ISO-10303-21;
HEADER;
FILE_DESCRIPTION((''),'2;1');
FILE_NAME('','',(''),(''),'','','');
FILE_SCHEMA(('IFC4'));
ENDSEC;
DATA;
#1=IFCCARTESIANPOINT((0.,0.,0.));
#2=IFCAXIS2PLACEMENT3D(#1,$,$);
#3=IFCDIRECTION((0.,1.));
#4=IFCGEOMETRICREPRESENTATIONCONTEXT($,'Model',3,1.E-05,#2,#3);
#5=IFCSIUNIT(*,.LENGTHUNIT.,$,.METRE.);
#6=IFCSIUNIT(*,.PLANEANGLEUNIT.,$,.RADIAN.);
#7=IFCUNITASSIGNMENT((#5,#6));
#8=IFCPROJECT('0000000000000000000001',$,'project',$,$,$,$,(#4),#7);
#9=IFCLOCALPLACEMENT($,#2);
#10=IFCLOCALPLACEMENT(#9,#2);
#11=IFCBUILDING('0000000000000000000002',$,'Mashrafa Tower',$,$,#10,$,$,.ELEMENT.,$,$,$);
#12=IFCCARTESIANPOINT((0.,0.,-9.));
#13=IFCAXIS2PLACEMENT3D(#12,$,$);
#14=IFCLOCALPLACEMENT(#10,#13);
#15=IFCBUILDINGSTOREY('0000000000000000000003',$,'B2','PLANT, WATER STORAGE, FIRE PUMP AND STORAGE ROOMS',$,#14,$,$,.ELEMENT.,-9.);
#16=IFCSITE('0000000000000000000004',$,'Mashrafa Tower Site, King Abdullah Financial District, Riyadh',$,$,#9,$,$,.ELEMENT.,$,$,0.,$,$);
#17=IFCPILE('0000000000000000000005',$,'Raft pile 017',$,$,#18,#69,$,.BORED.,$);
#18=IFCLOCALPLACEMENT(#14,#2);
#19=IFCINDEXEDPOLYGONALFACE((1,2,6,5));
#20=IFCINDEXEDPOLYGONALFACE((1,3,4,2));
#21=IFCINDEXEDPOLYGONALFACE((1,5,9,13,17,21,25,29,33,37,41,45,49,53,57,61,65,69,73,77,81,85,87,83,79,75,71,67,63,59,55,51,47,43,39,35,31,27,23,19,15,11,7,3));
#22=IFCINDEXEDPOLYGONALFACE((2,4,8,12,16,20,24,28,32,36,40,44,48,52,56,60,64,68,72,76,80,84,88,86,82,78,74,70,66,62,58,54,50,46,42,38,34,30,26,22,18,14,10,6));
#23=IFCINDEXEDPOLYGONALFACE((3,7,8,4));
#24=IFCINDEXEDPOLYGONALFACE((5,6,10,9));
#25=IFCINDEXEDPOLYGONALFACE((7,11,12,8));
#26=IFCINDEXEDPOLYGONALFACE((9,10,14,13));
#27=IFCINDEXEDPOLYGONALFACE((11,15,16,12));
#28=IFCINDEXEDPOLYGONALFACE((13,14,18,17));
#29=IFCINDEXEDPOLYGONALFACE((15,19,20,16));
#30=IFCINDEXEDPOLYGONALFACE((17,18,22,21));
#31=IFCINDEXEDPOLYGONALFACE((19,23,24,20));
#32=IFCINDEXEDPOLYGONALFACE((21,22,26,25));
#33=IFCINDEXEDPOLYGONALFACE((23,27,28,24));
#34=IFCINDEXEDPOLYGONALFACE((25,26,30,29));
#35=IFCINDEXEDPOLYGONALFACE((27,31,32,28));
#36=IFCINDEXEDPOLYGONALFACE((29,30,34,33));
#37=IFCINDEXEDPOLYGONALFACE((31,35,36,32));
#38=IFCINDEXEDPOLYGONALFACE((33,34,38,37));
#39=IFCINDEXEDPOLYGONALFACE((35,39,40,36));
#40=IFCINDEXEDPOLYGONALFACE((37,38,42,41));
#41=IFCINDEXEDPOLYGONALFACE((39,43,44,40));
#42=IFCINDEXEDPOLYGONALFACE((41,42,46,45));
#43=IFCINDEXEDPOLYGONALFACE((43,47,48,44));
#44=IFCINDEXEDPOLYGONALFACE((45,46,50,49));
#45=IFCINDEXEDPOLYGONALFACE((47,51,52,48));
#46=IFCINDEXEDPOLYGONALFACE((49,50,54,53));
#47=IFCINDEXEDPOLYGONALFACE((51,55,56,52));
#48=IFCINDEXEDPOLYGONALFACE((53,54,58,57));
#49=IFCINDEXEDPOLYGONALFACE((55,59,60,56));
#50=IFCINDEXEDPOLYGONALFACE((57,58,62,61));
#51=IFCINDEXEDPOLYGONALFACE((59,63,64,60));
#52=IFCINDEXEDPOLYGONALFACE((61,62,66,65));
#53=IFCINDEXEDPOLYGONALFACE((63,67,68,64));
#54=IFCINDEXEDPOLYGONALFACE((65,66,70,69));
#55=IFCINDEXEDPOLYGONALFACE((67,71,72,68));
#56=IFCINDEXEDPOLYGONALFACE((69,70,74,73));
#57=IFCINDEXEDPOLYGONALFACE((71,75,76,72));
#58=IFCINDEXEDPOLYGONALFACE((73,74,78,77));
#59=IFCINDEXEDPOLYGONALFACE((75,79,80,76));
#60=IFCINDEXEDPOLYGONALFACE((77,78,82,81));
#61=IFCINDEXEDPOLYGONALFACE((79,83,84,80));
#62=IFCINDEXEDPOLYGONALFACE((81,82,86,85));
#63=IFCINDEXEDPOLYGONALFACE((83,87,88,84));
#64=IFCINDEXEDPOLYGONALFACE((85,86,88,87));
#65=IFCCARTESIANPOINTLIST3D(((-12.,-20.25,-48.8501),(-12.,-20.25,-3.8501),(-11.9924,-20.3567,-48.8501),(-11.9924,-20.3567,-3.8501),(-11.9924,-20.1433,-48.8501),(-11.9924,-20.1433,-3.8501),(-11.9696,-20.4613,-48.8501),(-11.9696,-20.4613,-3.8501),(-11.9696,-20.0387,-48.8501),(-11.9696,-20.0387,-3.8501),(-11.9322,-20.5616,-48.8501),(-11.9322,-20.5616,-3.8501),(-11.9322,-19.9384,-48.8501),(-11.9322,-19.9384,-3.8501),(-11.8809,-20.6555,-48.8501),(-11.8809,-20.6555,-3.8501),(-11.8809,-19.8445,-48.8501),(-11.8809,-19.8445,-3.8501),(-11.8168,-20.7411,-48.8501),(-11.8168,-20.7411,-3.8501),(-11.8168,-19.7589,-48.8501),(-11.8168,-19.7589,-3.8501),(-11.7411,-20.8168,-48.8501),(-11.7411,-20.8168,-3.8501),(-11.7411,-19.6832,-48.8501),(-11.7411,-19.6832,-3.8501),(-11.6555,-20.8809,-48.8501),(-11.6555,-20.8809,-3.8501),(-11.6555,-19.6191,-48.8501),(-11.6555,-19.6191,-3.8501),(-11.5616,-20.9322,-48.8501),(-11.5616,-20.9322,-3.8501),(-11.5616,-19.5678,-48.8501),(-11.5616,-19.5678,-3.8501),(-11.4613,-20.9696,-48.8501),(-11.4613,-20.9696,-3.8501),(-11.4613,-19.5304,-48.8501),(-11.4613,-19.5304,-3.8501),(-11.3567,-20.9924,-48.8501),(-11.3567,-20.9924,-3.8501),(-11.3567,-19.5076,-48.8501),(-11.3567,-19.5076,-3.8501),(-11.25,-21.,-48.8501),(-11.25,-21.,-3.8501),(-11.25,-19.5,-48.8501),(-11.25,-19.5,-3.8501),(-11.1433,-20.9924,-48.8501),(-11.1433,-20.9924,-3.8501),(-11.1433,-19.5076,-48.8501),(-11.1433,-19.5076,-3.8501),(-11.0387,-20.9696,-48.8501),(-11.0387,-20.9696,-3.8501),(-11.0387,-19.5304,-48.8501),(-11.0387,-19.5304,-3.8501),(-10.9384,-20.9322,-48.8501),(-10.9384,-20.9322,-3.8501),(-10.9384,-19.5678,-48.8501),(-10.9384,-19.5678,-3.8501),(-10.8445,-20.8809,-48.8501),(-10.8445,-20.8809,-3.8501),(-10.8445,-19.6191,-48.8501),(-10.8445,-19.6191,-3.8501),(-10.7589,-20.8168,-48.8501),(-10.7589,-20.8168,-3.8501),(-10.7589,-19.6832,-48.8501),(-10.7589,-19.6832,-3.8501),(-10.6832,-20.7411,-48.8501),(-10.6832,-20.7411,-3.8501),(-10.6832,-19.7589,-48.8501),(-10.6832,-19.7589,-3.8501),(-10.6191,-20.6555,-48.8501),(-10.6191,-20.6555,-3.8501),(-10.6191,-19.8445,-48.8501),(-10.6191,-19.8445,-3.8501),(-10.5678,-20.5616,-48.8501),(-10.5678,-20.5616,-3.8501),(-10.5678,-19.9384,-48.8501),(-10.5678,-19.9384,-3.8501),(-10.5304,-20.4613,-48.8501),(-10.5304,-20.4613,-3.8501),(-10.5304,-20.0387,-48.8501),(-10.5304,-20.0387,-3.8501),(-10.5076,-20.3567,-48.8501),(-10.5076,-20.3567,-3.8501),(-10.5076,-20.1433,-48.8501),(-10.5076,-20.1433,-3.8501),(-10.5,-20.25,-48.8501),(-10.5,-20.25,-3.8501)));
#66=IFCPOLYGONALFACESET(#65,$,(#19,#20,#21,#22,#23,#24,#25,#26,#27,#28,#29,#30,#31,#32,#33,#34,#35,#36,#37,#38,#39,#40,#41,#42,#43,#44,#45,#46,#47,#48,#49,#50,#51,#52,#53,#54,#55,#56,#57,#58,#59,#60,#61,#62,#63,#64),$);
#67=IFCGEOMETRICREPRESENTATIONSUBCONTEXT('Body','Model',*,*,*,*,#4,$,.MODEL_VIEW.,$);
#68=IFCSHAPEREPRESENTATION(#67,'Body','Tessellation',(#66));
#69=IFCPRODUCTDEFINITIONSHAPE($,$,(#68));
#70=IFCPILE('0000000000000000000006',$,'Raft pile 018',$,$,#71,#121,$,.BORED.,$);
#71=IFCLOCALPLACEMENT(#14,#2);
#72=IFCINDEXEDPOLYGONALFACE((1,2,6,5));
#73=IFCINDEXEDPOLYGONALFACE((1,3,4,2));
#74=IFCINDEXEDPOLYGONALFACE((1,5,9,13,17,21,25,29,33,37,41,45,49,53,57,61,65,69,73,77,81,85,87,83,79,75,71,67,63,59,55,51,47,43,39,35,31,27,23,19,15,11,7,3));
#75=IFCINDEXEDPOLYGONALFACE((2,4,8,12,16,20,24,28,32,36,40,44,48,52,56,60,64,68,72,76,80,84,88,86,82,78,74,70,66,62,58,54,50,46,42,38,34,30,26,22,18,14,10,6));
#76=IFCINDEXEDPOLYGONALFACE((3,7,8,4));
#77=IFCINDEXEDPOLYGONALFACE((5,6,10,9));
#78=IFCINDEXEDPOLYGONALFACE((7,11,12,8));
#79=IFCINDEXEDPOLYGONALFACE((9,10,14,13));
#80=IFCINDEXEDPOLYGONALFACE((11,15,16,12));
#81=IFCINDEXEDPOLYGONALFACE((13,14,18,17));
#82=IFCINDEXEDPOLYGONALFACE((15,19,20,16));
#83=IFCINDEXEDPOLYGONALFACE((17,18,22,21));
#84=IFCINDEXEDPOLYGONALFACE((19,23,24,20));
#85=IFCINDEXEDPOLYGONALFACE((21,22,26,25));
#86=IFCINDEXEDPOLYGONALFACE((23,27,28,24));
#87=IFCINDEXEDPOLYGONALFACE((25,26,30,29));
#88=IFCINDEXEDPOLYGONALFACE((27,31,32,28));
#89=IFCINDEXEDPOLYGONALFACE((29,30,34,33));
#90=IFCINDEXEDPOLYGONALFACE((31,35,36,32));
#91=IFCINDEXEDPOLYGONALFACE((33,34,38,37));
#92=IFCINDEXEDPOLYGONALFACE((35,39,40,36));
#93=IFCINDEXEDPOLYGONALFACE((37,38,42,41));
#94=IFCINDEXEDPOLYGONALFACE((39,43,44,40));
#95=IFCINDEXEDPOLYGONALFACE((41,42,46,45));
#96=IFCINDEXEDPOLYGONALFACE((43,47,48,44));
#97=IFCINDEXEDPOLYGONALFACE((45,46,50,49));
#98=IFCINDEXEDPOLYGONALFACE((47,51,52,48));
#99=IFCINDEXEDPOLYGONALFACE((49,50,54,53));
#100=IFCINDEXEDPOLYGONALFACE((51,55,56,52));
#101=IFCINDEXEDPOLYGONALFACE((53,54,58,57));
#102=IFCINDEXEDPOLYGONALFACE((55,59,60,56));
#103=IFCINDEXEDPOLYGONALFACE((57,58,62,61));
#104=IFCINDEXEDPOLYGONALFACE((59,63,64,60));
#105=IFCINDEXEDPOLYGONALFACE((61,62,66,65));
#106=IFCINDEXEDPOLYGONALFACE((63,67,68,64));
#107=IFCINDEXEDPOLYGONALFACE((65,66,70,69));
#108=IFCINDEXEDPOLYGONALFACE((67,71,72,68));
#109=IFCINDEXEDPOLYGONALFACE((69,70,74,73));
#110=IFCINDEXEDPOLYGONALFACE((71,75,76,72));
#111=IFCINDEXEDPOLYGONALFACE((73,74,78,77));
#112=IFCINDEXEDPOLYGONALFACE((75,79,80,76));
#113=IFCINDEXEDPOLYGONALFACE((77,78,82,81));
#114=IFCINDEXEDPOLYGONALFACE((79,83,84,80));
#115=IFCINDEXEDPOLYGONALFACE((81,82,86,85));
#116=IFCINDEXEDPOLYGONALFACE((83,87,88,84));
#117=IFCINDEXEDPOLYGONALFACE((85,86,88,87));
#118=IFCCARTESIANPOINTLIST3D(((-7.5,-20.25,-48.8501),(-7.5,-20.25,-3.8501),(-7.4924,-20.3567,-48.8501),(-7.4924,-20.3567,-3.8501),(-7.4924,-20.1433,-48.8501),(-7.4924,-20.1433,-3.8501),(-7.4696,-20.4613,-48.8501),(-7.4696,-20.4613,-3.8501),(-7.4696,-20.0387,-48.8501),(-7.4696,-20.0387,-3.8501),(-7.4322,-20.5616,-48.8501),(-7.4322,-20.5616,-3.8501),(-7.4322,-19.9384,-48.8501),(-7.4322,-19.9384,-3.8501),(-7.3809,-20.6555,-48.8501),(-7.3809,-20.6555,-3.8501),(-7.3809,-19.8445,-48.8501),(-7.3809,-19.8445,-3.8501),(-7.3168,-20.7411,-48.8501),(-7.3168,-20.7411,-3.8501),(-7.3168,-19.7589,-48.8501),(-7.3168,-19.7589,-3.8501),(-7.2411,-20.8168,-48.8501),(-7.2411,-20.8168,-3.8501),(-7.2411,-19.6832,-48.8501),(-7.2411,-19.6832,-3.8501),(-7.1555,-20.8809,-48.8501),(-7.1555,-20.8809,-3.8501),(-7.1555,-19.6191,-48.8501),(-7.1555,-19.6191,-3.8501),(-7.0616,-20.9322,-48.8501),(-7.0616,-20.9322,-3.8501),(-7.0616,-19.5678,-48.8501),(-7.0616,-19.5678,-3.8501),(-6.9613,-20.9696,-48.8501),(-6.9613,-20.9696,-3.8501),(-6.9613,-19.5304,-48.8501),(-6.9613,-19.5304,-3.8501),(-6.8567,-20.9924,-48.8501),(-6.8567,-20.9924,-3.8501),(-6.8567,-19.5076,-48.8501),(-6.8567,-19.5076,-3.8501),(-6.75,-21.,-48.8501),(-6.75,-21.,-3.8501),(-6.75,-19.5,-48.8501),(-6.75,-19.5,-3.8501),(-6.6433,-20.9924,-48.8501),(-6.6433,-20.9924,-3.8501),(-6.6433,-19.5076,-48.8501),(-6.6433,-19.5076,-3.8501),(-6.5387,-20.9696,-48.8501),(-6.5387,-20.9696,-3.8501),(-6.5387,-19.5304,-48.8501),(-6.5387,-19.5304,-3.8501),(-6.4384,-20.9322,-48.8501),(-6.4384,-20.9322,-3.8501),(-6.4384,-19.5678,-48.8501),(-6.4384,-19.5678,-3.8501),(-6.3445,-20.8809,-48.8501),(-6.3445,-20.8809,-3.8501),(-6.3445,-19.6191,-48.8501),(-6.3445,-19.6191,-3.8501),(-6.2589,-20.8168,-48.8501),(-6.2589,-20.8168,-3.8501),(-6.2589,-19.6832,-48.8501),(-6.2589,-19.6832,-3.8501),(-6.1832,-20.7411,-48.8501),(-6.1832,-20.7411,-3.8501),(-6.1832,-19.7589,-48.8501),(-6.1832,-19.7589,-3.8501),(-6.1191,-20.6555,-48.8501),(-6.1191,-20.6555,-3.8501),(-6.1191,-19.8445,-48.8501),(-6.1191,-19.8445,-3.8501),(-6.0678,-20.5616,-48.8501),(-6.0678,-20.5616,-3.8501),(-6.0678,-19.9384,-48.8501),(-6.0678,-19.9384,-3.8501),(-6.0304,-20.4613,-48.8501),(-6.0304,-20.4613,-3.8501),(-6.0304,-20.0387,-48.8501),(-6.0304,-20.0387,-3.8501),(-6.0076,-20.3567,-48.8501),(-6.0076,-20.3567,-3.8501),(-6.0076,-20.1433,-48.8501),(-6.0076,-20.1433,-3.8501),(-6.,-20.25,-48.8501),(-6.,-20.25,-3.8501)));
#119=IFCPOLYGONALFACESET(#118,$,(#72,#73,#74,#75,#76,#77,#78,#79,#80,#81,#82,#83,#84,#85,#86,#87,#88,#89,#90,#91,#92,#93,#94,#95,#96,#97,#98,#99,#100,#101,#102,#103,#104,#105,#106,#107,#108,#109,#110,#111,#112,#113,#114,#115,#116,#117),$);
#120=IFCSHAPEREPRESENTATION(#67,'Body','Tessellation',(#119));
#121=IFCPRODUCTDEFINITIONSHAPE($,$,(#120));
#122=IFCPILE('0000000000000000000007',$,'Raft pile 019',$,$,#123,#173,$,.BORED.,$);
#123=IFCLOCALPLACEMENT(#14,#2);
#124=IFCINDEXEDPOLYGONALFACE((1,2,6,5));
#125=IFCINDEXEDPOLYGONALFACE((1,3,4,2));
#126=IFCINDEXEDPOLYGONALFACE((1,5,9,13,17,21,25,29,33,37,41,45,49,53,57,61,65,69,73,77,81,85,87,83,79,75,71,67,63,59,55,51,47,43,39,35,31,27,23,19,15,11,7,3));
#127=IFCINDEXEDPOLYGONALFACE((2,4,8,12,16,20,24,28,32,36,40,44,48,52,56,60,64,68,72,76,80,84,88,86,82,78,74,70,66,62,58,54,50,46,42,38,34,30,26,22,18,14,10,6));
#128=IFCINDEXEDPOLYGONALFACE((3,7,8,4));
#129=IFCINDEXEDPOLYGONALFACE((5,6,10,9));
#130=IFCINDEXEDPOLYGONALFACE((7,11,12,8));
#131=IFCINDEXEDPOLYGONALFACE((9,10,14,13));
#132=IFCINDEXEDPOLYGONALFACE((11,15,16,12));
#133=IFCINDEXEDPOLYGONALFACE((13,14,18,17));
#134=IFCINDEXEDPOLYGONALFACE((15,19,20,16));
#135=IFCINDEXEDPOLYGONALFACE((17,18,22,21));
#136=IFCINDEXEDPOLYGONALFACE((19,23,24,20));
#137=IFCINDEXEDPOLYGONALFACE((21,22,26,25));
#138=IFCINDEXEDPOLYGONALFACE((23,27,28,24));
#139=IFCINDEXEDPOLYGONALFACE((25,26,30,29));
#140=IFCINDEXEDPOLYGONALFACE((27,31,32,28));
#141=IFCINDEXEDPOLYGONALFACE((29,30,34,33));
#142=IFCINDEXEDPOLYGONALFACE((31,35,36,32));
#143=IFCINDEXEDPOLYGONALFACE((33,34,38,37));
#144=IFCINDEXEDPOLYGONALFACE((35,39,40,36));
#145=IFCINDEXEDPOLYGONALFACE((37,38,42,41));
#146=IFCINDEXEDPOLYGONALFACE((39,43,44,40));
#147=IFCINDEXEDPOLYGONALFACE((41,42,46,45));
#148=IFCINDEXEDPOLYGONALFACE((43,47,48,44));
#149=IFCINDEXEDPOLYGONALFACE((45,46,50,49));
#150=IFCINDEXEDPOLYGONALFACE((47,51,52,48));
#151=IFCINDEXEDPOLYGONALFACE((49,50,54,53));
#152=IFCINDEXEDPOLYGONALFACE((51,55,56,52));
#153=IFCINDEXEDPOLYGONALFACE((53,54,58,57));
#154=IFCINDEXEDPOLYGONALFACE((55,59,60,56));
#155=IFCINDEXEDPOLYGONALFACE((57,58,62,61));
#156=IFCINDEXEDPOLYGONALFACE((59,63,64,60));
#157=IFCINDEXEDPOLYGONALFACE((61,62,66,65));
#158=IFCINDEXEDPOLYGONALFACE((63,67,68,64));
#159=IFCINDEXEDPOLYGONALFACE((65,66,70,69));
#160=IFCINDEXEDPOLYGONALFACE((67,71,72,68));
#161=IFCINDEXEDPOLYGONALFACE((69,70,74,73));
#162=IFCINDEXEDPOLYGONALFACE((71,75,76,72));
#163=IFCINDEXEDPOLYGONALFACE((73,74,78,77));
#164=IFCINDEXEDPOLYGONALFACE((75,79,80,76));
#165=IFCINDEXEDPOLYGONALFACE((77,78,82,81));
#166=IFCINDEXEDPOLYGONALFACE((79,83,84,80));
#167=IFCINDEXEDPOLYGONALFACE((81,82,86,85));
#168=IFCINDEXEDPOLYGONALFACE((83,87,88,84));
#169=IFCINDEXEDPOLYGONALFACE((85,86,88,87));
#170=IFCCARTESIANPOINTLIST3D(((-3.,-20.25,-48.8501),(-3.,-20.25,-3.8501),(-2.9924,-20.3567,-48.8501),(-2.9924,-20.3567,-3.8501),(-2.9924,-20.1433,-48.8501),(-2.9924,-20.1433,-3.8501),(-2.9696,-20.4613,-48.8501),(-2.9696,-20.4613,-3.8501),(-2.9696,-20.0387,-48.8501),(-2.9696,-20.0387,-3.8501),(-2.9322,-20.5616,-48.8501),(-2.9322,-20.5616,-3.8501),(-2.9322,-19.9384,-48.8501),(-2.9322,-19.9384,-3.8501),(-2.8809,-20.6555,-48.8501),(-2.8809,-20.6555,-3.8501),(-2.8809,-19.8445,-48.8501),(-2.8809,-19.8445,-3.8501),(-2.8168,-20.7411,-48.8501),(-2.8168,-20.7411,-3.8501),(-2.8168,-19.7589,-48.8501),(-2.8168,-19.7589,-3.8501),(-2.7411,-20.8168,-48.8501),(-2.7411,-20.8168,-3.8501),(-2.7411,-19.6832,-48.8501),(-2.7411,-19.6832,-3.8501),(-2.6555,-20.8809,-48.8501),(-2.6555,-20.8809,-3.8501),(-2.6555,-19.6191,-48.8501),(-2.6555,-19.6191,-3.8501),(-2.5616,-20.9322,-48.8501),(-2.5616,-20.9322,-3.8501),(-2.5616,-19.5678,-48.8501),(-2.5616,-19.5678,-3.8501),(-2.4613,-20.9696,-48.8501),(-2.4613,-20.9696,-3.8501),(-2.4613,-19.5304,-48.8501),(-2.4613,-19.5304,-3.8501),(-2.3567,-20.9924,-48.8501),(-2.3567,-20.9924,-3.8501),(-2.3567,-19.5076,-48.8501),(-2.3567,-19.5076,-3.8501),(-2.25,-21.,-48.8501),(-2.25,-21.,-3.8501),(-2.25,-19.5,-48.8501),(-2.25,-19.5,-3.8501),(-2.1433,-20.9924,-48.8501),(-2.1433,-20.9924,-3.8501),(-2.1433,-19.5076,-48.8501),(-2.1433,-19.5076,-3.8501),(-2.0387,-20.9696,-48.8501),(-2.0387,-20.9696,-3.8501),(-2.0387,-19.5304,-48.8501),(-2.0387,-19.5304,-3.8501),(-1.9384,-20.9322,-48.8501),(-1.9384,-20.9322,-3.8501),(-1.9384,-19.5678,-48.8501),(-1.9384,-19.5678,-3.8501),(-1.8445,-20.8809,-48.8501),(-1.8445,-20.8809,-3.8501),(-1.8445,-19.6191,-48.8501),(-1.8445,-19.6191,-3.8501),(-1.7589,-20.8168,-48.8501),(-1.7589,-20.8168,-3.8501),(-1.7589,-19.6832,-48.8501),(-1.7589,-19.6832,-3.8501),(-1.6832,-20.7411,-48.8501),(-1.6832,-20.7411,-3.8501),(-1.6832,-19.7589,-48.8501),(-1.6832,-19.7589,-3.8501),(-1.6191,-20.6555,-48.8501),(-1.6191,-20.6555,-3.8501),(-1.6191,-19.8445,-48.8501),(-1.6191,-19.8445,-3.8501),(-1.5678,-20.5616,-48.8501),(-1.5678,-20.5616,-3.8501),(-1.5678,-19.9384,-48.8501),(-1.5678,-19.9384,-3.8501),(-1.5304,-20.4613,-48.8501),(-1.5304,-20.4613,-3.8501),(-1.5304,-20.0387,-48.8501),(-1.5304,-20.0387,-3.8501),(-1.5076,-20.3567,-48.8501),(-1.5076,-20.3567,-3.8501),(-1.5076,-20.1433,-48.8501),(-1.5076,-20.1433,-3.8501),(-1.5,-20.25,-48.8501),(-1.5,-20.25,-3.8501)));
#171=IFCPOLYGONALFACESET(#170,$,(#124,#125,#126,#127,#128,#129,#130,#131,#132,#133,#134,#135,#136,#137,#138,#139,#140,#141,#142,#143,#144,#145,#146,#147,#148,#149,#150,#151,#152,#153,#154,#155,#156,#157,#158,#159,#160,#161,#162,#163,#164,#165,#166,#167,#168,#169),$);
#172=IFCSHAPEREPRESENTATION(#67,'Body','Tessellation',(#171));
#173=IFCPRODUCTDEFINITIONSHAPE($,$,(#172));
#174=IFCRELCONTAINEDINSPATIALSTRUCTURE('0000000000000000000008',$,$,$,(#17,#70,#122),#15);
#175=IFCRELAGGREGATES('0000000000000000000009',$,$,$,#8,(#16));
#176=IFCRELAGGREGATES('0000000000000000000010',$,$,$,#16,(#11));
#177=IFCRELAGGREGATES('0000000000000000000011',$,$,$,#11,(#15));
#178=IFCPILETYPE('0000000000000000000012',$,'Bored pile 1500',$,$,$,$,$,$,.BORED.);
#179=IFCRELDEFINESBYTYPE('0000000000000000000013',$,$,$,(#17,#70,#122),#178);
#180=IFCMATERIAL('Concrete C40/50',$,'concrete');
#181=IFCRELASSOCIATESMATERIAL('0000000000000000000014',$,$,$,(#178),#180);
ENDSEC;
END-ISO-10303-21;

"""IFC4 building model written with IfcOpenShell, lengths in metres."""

from ifc_helpers import new_model, si_unit, direction, frame, origin, origin_2d, place, context, subcontext, project, spatial, circle, extrude, material, material_profile, profile_set, type_object, element, save


model = new_model("IFC4")

# Units and contexts
model_context = context("Model", 3, precision=1e-05, world=origin(), true_north=direction((0.0, 1.0)))
body_context = subcontext(model_context, "Body", "Model", "MODEL_VIEW")
ifc_project = project(units=[si_unit("LENGTHUNIT", "METRE"), si_unit("PLANEANGLEUNIT", "RADIAN")], contexts=[model_context])

# Site, building, storey
site_placement = place(None, origin())
site = spatial("IfcSite", under=ifc_project, at=site_placement, Name="Mashrafa Tower Site, King Abdullah Financial District, Riyadh", CompositionType="ELEMENT", RefElevation=0.0)
building_placement = place(site_placement, origin())
building = spatial("IfcBuilding", under=site, at=building_placement, Name="Mashrafa Tower", CompositionType="ELEMENT")
storey_placement = place(building_placement, frame((0.0, 0.0, -9.0)))
storey = spatial("IfcBuildingStorey", under=building, at=storey_placement, Name="B2", Description="PLANT, WATER STORAGE, FIRE PUMP AND STORAGE ROOMS", CompositionType="ELEMENT", Elevation=-9.0)

# Piles
ifc_material_1 = material(Name="Concrete C40/50", Category="concrete")
ifc_material_profile_1 = material_profile(ifc_material_1, circle(Radius=0.75, at=origin_2d()), Name="1500 DIA")
ifc_profile_set_1 = profile_set([ifc_material_profile_1], Name="Concrete C40/50")
pile_type_1 = type_object("IfcPileType", Name="Bored pile 1500", PredefinedType="BORED", material=ifc_profile_set_1)
for number, where, z_axis, x_axis, name in (
    (1, (-11.25, -20.25, -3.8501), (0.0, 0.0, -1.0), (1.0, 0.0, 0.0), "Raft pile 017"),
    (2, (-6.75, -20.25, -3.8501), (0.0, 0.0, -1.0), (1.0, 0.0, 0.0), "Raft pile 018"),
    (3, (-2.25, -20.25, -3.8501), (0.0, 0.0, -1.0), (1.0, 0.0, 0.0), "Raft pile 019"),
):
    element("IfcPile", number, at=place(storey_placement, frame(where, z_axis=z_axis, x_axis=x_axis)), inside=storey, type_object=pile_type_1, Name=name, PredefinedType="BORED", context=body_context, shape_type="SweptSolid", body=[
        extrude(circle(Radius=0.75, at=origin_2d()), origin(), (0.0, 0.0, 1.0), 45.0),
    ])

save(model, "model.ifc")
